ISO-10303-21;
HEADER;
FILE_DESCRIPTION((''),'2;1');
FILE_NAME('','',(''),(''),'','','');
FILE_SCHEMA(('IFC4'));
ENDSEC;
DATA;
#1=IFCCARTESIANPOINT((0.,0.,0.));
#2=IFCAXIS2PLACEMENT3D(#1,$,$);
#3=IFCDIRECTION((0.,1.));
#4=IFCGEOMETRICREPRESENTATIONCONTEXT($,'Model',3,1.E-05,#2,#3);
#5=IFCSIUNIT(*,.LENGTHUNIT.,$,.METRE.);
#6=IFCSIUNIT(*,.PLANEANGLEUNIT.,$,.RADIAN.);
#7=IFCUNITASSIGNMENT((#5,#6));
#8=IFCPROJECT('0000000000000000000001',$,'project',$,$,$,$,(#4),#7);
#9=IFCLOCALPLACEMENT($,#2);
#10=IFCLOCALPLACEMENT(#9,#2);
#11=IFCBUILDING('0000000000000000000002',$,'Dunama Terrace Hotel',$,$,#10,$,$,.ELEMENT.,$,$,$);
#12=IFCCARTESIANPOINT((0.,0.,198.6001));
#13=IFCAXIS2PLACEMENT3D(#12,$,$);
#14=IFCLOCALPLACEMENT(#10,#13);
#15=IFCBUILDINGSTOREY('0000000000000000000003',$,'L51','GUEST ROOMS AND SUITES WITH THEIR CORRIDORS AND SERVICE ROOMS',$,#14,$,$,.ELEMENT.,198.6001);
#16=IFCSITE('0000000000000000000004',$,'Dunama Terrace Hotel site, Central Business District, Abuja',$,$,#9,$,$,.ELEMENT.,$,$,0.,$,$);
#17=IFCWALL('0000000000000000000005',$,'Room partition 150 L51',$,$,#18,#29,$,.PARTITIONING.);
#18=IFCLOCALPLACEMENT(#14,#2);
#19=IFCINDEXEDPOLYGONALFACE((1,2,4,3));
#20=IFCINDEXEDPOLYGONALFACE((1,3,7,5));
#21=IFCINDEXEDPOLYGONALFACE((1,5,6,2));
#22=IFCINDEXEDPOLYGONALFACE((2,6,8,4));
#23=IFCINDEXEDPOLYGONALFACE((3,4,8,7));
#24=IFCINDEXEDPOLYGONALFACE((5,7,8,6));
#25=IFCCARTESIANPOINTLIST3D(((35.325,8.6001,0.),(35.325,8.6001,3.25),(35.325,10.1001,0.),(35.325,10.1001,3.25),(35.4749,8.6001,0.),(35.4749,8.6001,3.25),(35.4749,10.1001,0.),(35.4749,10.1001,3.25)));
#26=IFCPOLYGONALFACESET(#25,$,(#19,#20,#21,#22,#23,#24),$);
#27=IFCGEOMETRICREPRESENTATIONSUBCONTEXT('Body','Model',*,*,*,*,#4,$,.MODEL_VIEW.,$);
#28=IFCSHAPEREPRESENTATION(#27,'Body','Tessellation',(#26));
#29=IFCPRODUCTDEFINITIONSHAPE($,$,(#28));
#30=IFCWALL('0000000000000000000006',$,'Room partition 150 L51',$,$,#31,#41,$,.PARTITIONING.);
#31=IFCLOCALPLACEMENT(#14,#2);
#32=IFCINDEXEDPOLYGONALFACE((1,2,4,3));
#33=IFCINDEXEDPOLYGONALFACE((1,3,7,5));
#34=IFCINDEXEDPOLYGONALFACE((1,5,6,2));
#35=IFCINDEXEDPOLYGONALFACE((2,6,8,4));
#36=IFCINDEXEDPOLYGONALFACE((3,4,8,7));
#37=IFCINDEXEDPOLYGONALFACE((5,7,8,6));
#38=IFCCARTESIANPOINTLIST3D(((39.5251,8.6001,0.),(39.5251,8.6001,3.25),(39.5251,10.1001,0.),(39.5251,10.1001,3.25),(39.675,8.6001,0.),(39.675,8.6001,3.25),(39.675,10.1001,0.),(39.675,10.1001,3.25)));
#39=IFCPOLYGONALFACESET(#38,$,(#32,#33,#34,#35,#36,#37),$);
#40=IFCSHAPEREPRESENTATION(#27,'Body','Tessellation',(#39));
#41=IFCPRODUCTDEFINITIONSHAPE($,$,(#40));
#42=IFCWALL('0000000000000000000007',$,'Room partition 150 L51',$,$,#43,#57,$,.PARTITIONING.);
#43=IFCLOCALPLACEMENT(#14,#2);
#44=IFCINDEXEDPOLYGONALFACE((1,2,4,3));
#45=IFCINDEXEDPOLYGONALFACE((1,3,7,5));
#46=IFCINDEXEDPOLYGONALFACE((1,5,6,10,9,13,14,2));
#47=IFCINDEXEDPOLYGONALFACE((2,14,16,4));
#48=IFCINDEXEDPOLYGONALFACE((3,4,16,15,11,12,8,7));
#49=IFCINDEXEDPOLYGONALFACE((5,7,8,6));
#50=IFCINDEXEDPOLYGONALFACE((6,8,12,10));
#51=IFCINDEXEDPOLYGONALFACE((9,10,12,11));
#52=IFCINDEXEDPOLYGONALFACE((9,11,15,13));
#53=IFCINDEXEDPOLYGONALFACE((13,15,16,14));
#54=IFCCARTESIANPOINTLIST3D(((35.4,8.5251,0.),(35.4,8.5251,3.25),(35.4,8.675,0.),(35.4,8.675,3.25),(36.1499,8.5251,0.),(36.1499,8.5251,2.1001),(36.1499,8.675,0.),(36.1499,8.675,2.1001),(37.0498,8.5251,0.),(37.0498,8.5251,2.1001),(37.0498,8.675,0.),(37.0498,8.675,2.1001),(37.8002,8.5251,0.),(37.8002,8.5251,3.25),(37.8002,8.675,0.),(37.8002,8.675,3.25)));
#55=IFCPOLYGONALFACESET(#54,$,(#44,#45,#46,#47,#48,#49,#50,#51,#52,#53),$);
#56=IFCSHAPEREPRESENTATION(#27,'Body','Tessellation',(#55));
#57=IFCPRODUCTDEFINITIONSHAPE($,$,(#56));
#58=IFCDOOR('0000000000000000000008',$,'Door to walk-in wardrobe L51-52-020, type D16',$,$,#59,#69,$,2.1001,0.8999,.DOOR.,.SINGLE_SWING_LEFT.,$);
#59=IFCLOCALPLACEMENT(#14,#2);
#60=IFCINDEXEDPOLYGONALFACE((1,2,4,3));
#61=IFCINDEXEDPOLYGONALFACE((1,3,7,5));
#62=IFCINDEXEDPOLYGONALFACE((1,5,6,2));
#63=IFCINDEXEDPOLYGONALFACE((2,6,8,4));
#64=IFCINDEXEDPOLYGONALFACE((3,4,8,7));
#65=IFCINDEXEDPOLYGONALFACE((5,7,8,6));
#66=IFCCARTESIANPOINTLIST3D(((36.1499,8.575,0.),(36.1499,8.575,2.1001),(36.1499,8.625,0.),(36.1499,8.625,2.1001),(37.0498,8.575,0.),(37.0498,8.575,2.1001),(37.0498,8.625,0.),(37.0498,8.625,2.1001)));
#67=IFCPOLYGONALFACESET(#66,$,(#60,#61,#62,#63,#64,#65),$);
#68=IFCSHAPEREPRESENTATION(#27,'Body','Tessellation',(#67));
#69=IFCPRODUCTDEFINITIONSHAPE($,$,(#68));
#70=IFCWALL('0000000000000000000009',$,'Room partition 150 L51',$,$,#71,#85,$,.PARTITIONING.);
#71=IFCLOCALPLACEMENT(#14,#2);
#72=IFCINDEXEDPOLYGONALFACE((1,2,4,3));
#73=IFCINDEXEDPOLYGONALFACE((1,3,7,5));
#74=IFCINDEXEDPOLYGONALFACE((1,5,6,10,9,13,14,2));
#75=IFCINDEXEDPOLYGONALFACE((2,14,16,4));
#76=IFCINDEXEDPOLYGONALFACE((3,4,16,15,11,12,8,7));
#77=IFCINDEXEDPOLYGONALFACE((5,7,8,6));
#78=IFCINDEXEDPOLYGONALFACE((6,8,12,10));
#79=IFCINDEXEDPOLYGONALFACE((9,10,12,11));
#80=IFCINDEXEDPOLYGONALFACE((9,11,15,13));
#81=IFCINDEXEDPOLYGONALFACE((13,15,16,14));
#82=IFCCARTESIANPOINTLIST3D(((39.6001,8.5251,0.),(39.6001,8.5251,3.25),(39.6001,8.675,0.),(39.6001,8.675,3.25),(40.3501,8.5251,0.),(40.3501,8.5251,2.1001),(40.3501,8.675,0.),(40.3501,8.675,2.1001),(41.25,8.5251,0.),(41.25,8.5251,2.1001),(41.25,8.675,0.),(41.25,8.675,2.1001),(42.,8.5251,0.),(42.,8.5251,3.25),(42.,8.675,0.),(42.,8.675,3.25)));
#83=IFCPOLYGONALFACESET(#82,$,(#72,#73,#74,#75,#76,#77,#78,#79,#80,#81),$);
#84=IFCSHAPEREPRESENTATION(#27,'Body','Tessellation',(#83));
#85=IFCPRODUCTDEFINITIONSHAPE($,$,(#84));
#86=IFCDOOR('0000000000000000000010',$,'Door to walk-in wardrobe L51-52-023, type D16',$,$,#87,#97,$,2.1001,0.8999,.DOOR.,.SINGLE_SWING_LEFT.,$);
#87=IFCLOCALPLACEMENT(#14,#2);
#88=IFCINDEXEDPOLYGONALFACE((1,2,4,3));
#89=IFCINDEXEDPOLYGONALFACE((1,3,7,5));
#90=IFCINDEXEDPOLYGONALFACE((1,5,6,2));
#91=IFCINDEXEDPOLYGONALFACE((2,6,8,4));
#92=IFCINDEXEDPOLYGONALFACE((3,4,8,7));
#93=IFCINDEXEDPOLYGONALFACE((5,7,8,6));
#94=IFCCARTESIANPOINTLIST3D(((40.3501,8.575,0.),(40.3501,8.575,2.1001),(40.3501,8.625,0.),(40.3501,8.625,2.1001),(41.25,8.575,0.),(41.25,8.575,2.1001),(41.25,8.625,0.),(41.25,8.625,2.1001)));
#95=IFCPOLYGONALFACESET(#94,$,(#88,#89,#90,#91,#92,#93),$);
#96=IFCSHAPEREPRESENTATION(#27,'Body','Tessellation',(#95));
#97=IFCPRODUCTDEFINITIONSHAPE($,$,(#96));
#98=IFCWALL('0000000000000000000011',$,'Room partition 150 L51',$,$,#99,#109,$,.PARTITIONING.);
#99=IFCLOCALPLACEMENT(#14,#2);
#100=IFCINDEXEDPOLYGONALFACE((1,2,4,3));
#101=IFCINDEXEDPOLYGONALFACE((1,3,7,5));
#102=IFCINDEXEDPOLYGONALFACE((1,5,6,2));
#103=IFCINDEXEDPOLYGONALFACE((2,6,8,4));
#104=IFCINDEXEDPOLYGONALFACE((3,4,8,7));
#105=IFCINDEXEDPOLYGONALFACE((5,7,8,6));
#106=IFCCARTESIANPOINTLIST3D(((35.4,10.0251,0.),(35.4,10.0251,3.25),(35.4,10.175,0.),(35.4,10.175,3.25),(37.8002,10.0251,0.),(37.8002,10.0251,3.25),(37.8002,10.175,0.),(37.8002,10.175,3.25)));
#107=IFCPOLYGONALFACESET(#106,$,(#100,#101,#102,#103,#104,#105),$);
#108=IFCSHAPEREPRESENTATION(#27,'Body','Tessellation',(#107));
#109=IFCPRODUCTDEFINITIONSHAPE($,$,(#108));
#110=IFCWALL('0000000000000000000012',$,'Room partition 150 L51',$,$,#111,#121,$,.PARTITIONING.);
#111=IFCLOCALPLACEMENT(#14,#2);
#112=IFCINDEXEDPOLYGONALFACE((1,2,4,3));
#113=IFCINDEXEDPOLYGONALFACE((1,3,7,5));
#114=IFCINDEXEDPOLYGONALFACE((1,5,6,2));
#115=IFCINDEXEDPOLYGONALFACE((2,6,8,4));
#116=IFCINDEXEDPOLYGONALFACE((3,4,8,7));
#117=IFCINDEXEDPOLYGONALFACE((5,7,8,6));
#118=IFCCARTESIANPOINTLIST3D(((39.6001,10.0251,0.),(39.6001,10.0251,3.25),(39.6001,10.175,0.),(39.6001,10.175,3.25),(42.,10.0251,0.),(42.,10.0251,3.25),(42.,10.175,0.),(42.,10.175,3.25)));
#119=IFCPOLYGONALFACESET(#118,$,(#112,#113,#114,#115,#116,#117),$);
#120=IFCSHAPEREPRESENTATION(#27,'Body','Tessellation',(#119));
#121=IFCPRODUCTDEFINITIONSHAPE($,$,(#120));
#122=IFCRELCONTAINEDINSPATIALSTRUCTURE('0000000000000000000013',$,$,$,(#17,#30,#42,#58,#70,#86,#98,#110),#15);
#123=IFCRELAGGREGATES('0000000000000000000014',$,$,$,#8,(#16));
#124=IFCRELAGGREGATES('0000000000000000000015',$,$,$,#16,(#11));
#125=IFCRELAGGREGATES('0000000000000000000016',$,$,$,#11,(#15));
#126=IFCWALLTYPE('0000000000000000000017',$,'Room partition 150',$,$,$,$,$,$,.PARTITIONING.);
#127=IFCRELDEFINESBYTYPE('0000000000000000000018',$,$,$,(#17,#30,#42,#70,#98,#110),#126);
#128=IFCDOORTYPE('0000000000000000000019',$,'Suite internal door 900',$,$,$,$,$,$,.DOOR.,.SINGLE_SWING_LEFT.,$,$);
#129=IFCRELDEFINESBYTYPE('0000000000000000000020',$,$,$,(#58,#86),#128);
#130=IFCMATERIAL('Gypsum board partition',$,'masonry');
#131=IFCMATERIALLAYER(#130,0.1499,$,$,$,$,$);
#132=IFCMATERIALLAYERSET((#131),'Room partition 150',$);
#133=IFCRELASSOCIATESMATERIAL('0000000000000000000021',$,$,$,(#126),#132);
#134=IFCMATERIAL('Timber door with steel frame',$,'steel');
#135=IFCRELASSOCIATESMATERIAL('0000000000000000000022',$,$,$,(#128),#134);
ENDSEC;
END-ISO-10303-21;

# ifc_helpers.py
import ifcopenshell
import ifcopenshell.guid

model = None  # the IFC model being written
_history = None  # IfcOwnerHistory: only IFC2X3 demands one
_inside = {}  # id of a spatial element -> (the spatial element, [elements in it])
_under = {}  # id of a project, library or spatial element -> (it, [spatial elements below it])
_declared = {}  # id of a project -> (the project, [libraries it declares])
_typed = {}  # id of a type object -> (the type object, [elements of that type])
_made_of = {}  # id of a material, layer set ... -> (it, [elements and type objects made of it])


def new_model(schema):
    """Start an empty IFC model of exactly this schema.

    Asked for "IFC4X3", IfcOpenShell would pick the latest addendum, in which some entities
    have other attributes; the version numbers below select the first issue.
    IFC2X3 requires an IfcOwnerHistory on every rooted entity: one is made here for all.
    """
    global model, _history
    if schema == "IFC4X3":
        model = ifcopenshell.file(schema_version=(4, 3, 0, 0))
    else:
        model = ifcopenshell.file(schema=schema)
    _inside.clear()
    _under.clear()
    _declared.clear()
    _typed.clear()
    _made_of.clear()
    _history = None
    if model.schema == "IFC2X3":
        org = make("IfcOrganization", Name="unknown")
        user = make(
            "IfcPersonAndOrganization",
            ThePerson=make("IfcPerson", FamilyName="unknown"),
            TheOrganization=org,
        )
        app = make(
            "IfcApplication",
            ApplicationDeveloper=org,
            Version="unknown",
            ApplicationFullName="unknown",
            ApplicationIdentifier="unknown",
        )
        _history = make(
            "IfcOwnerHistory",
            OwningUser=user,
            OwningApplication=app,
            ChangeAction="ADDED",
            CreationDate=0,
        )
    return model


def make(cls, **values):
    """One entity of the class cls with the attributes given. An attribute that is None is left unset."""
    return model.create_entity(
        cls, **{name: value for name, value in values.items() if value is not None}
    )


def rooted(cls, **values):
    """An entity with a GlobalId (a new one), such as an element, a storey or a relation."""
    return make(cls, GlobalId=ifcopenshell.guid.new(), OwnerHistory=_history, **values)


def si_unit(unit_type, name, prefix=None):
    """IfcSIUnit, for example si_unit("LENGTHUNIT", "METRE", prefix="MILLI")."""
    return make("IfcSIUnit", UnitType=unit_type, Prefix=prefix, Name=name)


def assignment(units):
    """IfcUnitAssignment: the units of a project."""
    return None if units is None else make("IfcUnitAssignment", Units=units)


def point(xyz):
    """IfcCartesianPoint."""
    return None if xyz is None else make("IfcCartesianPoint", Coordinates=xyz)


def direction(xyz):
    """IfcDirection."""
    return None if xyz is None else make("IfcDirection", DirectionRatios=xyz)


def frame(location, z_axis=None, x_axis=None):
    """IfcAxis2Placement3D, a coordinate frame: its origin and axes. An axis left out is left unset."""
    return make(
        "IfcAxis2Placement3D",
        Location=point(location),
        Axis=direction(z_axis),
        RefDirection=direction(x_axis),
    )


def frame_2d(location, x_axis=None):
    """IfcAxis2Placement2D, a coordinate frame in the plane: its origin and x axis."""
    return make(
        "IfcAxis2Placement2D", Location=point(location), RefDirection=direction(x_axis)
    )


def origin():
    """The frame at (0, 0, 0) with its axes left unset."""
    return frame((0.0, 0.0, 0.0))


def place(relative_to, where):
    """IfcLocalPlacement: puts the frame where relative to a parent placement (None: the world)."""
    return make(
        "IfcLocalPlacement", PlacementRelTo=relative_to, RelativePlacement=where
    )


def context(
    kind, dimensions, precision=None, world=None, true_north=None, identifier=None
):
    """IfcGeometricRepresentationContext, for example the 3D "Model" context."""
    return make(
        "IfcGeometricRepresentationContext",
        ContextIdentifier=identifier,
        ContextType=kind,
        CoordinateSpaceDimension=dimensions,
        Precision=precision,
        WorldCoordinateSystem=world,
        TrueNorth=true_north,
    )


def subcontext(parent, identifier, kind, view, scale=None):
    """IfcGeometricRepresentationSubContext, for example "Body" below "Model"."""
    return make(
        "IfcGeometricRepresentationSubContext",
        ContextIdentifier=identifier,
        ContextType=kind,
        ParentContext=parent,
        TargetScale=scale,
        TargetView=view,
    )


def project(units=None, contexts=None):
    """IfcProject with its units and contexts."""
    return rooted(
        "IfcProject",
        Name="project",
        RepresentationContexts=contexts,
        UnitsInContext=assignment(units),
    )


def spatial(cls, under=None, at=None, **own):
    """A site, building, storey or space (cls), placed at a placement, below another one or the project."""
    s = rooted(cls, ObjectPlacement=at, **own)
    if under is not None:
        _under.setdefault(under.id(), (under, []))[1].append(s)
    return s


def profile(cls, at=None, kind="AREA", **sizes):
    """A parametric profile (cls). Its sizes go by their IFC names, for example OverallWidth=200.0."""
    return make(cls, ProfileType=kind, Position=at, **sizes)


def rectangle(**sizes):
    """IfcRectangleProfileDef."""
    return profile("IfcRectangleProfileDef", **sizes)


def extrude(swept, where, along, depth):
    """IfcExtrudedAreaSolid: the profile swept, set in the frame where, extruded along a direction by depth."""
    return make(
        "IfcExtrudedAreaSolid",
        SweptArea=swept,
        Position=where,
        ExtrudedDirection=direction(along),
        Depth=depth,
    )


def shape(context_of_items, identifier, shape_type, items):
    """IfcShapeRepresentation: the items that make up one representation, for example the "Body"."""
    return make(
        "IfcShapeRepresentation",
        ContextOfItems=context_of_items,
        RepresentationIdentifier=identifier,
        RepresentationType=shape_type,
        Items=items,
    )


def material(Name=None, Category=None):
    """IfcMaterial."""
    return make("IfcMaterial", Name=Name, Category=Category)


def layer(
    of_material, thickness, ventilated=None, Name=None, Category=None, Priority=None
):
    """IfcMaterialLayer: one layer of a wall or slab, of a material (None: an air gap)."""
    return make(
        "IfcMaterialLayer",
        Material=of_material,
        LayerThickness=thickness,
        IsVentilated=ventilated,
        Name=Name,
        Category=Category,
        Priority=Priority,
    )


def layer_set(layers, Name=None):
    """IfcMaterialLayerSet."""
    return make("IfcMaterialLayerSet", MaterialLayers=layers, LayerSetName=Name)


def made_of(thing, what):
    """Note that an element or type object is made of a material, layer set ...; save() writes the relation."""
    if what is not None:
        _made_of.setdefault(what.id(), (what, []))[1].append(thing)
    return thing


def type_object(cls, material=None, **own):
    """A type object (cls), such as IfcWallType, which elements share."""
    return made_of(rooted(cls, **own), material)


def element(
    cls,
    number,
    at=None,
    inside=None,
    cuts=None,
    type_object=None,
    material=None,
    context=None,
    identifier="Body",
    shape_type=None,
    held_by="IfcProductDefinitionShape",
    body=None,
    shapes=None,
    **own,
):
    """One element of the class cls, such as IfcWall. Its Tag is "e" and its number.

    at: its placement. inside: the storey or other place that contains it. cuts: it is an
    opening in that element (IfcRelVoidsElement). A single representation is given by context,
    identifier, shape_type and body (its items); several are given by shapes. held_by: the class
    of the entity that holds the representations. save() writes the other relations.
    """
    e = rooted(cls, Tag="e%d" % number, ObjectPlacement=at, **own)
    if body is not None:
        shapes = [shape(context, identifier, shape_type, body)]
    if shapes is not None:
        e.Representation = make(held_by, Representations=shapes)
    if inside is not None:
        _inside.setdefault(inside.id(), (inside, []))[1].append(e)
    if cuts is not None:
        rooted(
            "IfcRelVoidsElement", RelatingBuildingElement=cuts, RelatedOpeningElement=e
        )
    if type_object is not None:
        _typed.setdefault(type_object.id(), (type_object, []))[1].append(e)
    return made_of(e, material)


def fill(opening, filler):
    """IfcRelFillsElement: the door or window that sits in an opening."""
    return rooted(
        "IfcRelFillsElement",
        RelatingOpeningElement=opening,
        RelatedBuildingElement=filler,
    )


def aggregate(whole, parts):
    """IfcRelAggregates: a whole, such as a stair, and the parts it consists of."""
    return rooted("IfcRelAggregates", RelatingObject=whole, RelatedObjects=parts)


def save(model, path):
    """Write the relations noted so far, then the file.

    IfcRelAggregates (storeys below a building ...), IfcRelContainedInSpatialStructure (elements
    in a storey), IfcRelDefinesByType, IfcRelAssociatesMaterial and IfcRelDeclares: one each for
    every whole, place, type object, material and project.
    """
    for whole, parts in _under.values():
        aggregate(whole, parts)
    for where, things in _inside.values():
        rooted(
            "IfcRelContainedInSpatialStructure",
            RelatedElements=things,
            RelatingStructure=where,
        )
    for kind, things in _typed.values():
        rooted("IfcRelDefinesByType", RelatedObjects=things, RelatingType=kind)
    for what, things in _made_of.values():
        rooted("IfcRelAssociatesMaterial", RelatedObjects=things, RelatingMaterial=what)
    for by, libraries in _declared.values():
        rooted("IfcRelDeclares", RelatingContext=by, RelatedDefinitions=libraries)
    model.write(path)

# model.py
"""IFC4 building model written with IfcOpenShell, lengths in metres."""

from ifc_helpers import new_model, si_unit, direction, frame, frame_2d, origin, place, context, subcontext, project, spatial, rectangle, extrude, material, layer, layer_set, type_object, element, fill, save


model = new_model("IFC4")

# Units and contexts
model_context = context("Model", 3, precision=1e-05, world=origin(), true_north=direction((0.0, 1.0)))
body_context = subcontext(model_context, "Body", "Model", "MODEL_VIEW")
ifc_project = project(units=[si_unit("LENGTHUNIT", "METRE"), si_unit("PLANEANGLEUNIT", "RADIAN")], contexts=[model_context])

# Site, building, storey
site_placement = place(None, origin())
site = spatial("IfcSite", under=ifc_project, at=site_placement, Name="Dunama Terrace Hotel site, Central Business District, Abuja", CompositionType="ELEMENT", RefElevation=0.0)
building_placement = place(site_placement, origin())
building = spatial("IfcBuilding", under=site, at=building_placement, Name="Dunama Terrace Hotel", CompositionType="ELEMENT")
storey_placement = place(building_placement, frame((0.0, 0.0, 198.6001)))
storey = spatial("IfcBuildingStorey", under=building, at=storey_placement, Name="L51", Description="GUEST ROOMS AND SUITES WITH THEIR CORRIDORS AND SERVICE ROOMS", CompositionType="ELEMENT", Elevation=198.6001)

# Walls
ifc_material_1 = material(Name="Gypsum board partition", Category="masonry")
ifc_layer_1 = layer(ifc_material_1, 0.1499)
ifc_layer_set_1 = layer_set([ifc_layer_1], Name="Room partition 150")
wall_type_1 = type_object("IfcWallType", Name="Room partition 150", PredefinedType="PARTITIONING", material=ifc_layer_set_1)
for number, where, z_axis, x_axis, name in (
    (1, (35.3999, 8.6001, 0.0), (0.0, 0.0, 1.0), (0.0, 1.0, 0.0), "Room partition 150 L51"),
    (2, (39.6001, 8.6001, 0.0), (0.0, 0.0, 1.0), (0.0, 1.0, 0.0), "Room partition 150 L51"),
):
    element("IfcWall", number, at=place(storey_placement, frame(where, z_axis=z_axis, x_axis=x_axis)), inside=storey, type_object=wall_type_1, Name=name, PredefinedType="PARTITIONING", context=body_context, shape_type="SweptSolid", body=[
        extrude(rectangle(XDim=1.5, YDim=0.1499, at=frame_2d((0.75, 0.0))), origin(), (0.0, 0.0, 1.0), 3.25),
    ])

# Walls, openings, doors
wall_1_placement = place(storey_placement, frame((35.3999, 8.6001, 0.0), z_axis=(0.0, 0.0, 1.0), x_axis=(1.0, 0.0, 0.0)))
wall_1 = element("IfcWall", 3, at=wall_1_placement, inside=storey, type_object=wall_type_1, Name="Room partition 150 L51", PredefinedType="PARTITIONING", context=body_context, shape_type="SweptSolid", body=[
    extrude(rectangle(XDim=2.4001, YDim=0.1499, at=frame_2d((1.2002, 0.0))), origin(), (0.0, 0.0, 1.0), 3.25),
])
opening_1_placement = place(wall_1_placement, frame((0.75, 0.0, 0.0)))
opening_1 = element("IfcOpeningElement", 4, at=opening_1_placement, cuts=wall_1, PredefinedType="OPENING", context=body_context, shape_type="SweptSolid", body=[
    extrude(rectangle(XDim=0.8999, YDim=2.1001, at=frame_2d((0.45, 1.05))), frame((0.0, 0.085, 0.0), z_axis=(0.0, -1.0, 0.0), x_axis=(1.0, 0.0, 0.0)), (0.0, 0.0, 1.0), 0.1699),
])
ifc_material_2 = material(Name="Timber door with steel frame", Category="steel")
door_type_1 = type_object("IfcDoorType", Name="Suite internal door 900", OperationType="SINGLE_SWING_LEFT", PredefinedType="DOOR", material=ifc_material_2)
door_1_placement = place(opening_1_placement, origin())
door_1 = element("IfcDoor", 5, at=door_1_placement, inside=storey, type_object=door_type_1, Name="Door to walk-in wardrobe L51-52-020, type D16", OperationType="SINGLE_SWING_LEFT", OverallHeight=2.1001, OverallWidth=0.8999, PredefinedType="DOOR", context=body_context, shape_type="SweptSolid", body=[
    extrude(rectangle(XDim=0.8999, YDim=2.1001, at=frame_2d((0.45, 1.05))), frame((0.0, 0.0249, 0.0), z_axis=(0.0, -1.0, 0.0), x_axis=(1.0, 0.0, 0.0)), (0.0, 0.0, 1.0), 0.05),
])
fill(opening_1, door_1)
wall_2_placement = place(storey_placement, frame((39.6001, 8.6001, 0.0), z_axis=(0.0, 0.0, 1.0), x_axis=(1.0, 0.0, 0.0)))
wall_2 = element("IfcWall", 6, at=wall_2_placement, inside=storey, type_object=wall_type_1, Name="Room partition 150 L51", PredefinedType="PARTITIONING", context=body_context, shape_type="SweptSolid", body=[
    extrude(rectangle(XDim=2.3999, YDim=0.1499, at=frame_2d((1.2, 0.0))), origin(), (0.0, 0.0, 1.0), 3.25),
])
opening_2_placement = place(wall_2_placement, frame((0.75, 0.0, 0.0)))
opening_2 = element("IfcOpeningElement", 7, at=opening_2_placement, cuts=wall_2, PredefinedType="OPENING", context=body_context, shape_type="SweptSolid", body=[
    extrude(rectangle(XDim=0.8999, YDim=2.1001, at=frame_2d((0.45, 1.05))), frame((0.0, 0.085, 0.0), z_axis=(0.0, -1.0, 0.0), x_axis=(1.0, 0.0, 0.0)), (0.0, 0.0, 1.0), 0.1699),
])
door_2_placement = place(opening_2_placement, origin())
door_2 = element("IfcDoor", 8, at=door_2_placement, inside=storey, type_object=door_type_1, Name="Door to walk-in wardrobe L51-52-023, type D16", OperationType="SINGLE_SWING_LEFT", OverallHeight=2.1001, OverallWidth=0.8999, PredefinedType="DOOR", context=body_context, shape_type="SweptSolid", body=[
    extrude(rectangle(XDim=0.8999, YDim=2.1001, at=frame_2d((0.45, 1.05))), frame((0.0, 0.0249, 0.0), z_axis=(0.0, -1.0, 0.0), x_axis=(1.0, 0.0, 0.0)), (0.0, 0.0, 1.0), 0.05),
])
fill(opening_2, door_2)

# Walls
wall_3_placement = place(storey_placement, frame((35.3999, 10.1001, 0.0), z_axis=(0.0, 0.0, 1.0), x_axis=(1.0, 0.0, 0.0)))
element("IfcWall", 9, at=wall_3_placement, inside=storey, type_object=wall_type_1, Name="Room partition 150 L51", PredefinedType="PARTITIONING", context=body_context, shape_type="SweptSolid", body=[
    extrude(rectangle(XDim=2.4001, YDim=0.1499, at=frame_2d((1.2002, 0.0))), origin(), (0.0, 0.0, 1.0), 3.25),
])
wall_4_placement = place(storey_placement, frame((39.6001, 10.1001, 0.0), z_axis=(0.0, 0.0, 1.0), x_axis=(1.0, 0.0, 0.0)))
element("IfcWall", 10, at=wall_4_placement, inside=storey, type_object=wall_type_1, Name="Room partition 150 L51", PredefinedType="PARTITIONING", context=body_context, shape_type="SweptSolid", body=[
    extrude(rectangle(XDim=2.3999, YDim=0.1499, at=frame_2d((1.2, 0.0))), origin(), (0.0, 0.0, 1.0), 3.25),
])

save(model, "model.ifc")
